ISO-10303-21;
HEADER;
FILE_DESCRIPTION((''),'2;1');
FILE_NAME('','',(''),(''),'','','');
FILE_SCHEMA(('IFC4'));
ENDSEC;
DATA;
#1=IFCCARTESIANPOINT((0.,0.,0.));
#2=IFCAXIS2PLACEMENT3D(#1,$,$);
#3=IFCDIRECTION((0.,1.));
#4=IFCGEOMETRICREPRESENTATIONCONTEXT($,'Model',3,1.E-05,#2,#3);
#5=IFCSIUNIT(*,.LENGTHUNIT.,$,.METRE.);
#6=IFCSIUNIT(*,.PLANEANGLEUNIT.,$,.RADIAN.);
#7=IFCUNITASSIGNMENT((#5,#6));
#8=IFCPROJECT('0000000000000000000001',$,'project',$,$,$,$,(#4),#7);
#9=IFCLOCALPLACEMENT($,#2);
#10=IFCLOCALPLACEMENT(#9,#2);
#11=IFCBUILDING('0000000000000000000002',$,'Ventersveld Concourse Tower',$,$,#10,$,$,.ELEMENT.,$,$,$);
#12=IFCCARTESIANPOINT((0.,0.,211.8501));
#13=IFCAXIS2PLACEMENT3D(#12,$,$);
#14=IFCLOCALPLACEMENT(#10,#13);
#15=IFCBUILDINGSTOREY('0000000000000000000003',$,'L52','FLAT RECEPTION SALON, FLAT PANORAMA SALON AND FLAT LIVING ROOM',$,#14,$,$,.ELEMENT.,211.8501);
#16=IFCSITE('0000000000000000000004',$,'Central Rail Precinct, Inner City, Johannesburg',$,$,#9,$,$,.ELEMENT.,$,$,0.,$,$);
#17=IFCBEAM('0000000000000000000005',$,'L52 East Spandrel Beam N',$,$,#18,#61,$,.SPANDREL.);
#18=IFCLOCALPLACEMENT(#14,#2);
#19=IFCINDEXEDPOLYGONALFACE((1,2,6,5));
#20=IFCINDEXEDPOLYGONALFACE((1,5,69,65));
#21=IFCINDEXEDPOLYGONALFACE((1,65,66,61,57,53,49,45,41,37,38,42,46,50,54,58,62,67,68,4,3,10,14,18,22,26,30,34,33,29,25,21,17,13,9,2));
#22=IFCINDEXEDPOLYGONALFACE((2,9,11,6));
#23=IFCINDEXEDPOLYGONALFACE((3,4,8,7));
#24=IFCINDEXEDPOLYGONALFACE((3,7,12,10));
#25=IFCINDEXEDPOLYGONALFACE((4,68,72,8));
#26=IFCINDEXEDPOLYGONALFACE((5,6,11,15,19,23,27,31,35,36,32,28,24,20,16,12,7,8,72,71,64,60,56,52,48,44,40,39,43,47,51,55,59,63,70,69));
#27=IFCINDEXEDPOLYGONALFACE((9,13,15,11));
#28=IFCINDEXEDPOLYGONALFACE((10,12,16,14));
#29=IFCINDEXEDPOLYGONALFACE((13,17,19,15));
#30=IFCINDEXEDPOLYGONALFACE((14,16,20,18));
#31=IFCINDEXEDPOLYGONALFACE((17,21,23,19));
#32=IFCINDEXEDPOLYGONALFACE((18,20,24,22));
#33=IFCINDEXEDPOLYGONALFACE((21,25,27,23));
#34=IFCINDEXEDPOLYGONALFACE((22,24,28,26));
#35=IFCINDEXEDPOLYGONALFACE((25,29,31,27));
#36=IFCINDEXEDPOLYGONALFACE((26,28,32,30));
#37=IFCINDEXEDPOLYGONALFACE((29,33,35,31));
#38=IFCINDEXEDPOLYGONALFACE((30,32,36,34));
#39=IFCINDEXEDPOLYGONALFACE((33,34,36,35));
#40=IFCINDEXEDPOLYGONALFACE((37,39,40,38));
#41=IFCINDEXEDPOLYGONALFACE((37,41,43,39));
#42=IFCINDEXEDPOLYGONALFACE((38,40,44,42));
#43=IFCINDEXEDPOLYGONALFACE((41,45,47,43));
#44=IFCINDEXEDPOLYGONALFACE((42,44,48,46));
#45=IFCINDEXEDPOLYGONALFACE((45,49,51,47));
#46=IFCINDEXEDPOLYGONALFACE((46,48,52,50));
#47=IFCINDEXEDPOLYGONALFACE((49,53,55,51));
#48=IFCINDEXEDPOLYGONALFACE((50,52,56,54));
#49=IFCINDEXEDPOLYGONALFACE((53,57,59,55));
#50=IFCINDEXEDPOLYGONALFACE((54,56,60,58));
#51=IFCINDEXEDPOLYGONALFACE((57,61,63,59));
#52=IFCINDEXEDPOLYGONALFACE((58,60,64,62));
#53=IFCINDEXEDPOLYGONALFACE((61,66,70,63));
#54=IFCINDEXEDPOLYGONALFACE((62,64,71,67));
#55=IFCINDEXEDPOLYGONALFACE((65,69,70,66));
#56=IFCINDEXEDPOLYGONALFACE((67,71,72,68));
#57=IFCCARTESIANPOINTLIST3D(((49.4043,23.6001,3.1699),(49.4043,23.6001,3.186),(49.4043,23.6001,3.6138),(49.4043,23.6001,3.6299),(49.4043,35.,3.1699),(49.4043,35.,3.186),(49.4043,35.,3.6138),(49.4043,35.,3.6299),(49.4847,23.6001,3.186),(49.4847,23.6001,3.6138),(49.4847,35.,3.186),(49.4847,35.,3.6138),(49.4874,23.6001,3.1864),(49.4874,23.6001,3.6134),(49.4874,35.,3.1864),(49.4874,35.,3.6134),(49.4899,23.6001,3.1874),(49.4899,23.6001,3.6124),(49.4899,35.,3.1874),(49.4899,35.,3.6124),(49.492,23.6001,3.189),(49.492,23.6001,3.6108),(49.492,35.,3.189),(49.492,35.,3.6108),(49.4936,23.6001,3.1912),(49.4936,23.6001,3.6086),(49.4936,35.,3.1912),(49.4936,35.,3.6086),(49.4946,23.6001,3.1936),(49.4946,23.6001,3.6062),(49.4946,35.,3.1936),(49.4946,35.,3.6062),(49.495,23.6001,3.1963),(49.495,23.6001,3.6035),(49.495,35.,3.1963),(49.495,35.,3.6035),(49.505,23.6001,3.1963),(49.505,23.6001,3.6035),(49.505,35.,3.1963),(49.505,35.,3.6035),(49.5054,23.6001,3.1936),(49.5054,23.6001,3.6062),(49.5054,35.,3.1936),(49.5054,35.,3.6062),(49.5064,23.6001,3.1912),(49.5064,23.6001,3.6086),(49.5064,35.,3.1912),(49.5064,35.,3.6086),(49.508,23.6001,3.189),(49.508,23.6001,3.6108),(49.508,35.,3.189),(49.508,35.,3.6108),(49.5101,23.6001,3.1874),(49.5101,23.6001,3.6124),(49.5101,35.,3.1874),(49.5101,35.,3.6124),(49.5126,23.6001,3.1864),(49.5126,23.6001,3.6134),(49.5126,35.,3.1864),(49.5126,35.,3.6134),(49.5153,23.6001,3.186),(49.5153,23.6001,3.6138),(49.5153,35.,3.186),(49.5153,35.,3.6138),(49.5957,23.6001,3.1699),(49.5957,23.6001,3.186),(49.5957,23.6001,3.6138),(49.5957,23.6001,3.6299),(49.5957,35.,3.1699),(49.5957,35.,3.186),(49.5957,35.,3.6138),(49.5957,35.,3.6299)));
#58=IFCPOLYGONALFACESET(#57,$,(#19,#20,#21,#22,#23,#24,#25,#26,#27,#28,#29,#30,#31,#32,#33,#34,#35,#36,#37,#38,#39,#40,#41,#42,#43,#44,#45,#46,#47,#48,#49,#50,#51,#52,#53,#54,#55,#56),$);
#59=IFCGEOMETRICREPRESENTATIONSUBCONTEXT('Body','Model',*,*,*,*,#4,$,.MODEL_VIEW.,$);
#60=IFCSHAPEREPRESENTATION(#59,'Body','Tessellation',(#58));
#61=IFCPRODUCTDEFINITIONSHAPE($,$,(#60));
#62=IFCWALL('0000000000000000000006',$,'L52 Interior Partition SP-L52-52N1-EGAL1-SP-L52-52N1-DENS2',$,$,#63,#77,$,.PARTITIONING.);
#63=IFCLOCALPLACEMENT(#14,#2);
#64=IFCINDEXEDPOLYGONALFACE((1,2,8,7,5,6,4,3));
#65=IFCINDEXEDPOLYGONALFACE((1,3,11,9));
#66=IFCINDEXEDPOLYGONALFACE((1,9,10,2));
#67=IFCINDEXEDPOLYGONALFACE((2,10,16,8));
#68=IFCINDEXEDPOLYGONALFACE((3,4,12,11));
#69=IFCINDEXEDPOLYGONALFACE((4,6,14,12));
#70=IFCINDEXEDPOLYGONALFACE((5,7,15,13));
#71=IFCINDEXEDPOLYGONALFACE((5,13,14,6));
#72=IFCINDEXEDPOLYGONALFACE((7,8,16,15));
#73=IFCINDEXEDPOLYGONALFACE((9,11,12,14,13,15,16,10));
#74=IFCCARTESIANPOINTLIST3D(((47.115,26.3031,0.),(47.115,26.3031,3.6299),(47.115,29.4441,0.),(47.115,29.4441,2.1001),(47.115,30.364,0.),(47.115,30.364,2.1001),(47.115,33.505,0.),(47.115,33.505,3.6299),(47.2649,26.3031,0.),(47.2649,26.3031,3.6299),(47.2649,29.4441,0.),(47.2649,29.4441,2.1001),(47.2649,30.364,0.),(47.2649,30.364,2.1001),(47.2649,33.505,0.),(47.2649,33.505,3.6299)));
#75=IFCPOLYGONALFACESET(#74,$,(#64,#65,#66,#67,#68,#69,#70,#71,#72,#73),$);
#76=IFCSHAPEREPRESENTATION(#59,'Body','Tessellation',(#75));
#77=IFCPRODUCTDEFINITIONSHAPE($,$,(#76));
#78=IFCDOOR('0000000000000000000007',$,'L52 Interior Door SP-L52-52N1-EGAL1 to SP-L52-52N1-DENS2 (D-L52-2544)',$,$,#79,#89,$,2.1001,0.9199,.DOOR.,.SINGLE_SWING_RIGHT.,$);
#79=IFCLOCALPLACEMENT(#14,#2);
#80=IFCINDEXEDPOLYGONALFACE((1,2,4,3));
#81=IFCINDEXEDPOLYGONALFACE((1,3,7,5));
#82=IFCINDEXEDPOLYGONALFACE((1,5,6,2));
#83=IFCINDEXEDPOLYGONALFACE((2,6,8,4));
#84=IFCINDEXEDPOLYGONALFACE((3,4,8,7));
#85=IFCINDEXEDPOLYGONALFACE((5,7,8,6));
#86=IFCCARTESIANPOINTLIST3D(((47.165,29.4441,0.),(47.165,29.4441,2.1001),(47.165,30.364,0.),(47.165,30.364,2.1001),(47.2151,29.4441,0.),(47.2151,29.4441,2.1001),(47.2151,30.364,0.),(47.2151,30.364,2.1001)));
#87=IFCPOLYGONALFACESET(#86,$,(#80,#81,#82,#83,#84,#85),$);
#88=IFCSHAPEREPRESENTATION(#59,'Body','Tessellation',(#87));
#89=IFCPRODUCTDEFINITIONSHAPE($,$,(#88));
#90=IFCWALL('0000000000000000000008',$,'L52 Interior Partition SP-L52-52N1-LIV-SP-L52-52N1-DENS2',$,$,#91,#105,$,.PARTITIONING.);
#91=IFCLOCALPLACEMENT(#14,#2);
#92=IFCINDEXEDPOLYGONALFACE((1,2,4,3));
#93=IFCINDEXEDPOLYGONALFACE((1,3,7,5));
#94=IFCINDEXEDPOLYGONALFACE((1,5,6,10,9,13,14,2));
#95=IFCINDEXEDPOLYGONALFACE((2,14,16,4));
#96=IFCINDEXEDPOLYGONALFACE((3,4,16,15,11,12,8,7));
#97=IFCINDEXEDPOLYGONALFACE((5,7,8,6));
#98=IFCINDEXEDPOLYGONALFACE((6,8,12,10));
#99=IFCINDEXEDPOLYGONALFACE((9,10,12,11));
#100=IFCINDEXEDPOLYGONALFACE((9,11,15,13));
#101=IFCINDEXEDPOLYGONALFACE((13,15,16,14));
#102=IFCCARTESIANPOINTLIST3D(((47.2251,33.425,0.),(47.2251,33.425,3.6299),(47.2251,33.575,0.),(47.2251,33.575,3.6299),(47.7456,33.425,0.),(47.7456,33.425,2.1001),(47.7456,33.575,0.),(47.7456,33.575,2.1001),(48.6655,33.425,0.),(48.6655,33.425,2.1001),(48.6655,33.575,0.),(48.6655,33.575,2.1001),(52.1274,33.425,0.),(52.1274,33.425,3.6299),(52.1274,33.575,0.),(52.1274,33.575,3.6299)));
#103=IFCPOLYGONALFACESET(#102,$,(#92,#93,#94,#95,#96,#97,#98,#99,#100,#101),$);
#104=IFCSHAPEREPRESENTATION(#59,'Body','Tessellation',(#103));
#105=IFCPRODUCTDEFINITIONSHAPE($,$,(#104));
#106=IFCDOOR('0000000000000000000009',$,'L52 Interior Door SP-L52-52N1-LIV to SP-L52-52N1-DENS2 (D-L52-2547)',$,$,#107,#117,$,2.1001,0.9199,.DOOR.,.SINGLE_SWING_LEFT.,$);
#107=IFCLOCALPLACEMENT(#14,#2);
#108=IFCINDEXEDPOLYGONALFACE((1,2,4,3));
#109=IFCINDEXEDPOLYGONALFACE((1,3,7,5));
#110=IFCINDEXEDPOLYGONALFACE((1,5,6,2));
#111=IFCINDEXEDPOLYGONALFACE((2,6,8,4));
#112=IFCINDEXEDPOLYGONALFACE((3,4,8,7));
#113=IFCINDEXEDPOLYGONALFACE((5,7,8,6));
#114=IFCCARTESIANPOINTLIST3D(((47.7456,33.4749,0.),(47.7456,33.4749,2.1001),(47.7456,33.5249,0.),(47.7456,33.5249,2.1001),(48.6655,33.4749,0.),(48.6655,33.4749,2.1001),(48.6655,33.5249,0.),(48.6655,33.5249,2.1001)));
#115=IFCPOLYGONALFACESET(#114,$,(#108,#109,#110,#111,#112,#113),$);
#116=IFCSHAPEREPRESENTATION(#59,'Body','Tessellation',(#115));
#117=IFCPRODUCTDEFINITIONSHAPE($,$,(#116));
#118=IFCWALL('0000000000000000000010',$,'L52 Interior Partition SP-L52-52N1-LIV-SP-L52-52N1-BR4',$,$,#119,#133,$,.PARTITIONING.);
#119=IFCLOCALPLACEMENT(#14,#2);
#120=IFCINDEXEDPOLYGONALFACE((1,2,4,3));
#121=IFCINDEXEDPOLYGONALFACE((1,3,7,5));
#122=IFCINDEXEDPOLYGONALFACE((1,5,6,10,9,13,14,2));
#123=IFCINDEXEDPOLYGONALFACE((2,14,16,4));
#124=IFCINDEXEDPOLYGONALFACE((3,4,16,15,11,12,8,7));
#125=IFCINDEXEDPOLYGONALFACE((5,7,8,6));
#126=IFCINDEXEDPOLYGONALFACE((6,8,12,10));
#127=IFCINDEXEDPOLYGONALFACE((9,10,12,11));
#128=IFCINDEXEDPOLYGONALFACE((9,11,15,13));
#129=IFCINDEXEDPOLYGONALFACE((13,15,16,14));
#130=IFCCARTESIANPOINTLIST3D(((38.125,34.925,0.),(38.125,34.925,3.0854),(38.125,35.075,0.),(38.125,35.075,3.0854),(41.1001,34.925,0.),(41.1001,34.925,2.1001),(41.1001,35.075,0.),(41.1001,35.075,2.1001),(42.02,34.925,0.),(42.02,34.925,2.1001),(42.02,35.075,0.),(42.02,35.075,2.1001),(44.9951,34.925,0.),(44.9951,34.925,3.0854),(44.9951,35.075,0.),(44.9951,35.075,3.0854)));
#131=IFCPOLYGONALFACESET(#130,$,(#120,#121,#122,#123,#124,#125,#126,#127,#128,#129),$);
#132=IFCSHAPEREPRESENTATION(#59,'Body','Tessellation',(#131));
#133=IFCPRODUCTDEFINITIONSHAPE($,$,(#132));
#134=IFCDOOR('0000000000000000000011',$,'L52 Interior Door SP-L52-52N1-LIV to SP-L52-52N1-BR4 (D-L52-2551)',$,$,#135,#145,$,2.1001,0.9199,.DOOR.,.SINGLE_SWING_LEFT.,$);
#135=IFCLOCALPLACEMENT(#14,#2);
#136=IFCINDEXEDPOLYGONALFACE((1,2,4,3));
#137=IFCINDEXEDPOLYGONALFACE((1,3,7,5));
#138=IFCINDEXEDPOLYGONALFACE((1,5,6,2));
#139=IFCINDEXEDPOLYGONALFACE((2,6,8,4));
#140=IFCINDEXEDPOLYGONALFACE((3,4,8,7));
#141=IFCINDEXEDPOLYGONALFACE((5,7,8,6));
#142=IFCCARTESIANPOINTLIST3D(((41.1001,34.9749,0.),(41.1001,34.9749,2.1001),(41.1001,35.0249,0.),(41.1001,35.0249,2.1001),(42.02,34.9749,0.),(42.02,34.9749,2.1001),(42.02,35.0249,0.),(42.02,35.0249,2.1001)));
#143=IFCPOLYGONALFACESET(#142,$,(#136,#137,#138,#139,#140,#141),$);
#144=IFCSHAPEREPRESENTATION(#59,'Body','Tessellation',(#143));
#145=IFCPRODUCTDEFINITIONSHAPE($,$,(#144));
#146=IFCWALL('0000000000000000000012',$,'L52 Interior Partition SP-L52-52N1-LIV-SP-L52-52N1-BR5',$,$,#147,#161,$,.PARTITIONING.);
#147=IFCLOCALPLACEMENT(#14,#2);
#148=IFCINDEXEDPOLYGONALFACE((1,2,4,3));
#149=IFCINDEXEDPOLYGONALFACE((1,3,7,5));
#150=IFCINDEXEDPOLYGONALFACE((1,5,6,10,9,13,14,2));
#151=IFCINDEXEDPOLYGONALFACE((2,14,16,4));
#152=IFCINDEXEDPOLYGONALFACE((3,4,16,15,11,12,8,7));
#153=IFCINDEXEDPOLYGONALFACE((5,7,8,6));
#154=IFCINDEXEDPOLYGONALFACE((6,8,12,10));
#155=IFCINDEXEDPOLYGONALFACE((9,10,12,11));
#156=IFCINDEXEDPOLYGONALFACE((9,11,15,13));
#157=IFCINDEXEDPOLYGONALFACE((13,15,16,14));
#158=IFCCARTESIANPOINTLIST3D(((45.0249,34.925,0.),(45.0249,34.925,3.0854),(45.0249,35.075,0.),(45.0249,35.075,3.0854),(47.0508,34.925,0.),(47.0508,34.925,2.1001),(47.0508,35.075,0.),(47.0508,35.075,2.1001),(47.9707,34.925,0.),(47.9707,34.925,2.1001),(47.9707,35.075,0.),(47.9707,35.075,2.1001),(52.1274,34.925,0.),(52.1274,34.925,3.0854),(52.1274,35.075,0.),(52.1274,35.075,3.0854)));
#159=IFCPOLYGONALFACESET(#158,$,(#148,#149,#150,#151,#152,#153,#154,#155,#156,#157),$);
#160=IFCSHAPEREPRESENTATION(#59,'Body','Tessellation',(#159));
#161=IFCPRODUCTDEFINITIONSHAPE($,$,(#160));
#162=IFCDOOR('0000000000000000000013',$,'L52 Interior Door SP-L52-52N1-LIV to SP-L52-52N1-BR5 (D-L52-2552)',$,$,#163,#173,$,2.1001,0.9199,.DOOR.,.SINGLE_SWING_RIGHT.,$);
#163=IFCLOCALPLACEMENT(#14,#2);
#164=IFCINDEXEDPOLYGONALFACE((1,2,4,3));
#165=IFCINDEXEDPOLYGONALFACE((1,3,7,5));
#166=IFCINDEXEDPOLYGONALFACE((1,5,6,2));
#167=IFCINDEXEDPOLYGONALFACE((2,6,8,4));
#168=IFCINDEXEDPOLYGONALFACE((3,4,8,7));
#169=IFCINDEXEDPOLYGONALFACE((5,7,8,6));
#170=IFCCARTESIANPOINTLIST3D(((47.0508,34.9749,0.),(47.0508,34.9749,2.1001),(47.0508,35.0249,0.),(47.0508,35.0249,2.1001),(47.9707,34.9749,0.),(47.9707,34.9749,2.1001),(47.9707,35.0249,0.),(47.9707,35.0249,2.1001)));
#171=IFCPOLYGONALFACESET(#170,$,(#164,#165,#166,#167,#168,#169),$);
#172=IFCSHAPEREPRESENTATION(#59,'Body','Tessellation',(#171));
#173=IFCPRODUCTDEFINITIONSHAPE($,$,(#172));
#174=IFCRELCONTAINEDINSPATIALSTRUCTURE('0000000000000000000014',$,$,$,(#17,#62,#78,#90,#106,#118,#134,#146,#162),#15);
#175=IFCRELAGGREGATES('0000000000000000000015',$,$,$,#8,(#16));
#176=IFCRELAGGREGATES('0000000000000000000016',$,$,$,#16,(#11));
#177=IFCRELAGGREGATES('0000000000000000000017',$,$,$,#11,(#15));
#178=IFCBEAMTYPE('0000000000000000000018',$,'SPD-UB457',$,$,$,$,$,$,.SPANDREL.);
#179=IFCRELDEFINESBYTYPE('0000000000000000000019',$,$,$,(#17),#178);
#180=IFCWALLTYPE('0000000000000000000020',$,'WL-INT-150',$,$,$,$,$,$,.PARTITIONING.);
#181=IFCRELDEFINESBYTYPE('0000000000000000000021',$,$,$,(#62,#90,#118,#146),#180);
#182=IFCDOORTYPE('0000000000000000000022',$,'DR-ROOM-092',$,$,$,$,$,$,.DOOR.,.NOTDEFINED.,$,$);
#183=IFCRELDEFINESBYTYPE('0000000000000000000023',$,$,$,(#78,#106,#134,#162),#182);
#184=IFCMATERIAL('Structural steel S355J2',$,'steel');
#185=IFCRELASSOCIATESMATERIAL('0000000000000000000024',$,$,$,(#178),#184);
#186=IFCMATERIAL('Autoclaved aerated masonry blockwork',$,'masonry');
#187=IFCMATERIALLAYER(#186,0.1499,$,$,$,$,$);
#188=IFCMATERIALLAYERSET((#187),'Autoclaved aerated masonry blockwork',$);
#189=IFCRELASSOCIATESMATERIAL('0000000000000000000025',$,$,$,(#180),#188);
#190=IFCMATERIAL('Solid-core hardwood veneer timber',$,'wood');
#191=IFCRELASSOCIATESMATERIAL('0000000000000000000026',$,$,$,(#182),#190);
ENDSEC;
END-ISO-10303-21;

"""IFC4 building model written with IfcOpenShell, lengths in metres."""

from ifc_helpers import new_model, si_unit, direction, frame, frame_2d, origin, origin_2d, place, context, subcontext, project, spatial, rectangle, i_section, extrude, material, layer, layer_set, material_profile, profile_set, type_object, element, fill, save


model = new_model("IFC4")

# Units and contexts
model_context = context("Model", 3, precision=1e-05, world=origin(), true_north=direction((0.0, 1.0)))
body_context = subcontext(model_context, "Body", "Model", "MODEL_VIEW")
ifc_project = project(units=[si_unit("LENGTHUNIT", "METRE"), si_unit("PLANEANGLEUNIT", "RADIAN")], contexts=[model_context])

# Site, building, storey
site_placement = place(None, origin())
site = spatial("IfcSite", under=ifc_project, at=site_placement, Name="Central Rail Precinct, Inner City, Johannesburg", CompositionType="ELEMENT", RefElevation=0.0)
building_placement = place(site_placement, origin())
building = spatial("IfcBuilding", under=site, at=building_placement, Name="Ventersveld Concourse Tower", CompositionType="ELEMENT")
storey_placement = place(building_placement, frame((0.0, 0.0, 211.8501)))
storey = spatial("IfcBuildingStorey", under=building, at=storey_placement, Name="L52", Description="FLAT RECEPTION SALON, FLAT PANORAMA SALON AND FLAT LIVING ROOM", CompositionType="ELEMENT", Elevation=211.8501)

# Beam
ifc_material_1 = material(Name="Structural steel S355J2", Category="steel")
ifc_material_profile_1 = material_profile(ifc_material_1, i_section(OverallWidth=0.1914, OverallDepth=0.46, WebThickness=0.01, FlangeThickness=0.0161, FilletRadius=0.0103, at=origin_2d()), Name="UB 457x191x82")
ifc_profile_set_1 = profile_set([ifc_material_profile_1], Name="Structural steel S355J2")
beam_type_1 = type_object("IfcBeamType", Name="SPD-UB457", PredefinedType="SPANDREL", material=ifc_profile_set_1)
beam_1_placement = place(storey_placement, frame((49.5, 23.6001, 3.3999), z_axis=(0.0, 1.0, 0.0), x_axis=(-1.0, 0.0, 0.0)))
element("IfcBeam", 1, at=beam_1_placement, inside=storey, type_object=beam_type_1, Name="L52 East Spandrel Beam N", PredefinedType="SPANDREL", context=body_context, shape_type="SweptSolid", body=[
    extrude(i_section(OverallWidth=0.1914, OverallDepth=0.46, WebThickness=0.01, FlangeThickness=0.0161, FilletRadius=0.0103, at=origin_2d()), origin(), (0.0, 0.0, 1.0), 11.3999),
])

# Walls, openings, doors
ifc_material_2 = material(Name="Autoclaved aerated masonry blockwork", Category="masonry")
ifc_layer_1 = layer(ifc_material_2, 0.1499)
ifc_layer_set_1 = layer_set([ifc_layer_1], Name="Autoclaved aerated masonry blockwork")
wall_type_1 = type_object("IfcWallType", Name="WL-INT-150", PredefinedType="PARTITIONING", material=ifc_layer_set_1)
wall_1_placement = place(storey_placement, frame((47.1899, 26.303, 0.0), z_axis=(0.0, 0.0, 1.0), x_axis=(0.0, 1.0, 0.0)))
wall_1 = element("IfcWall", 2, at=wall_1_placement, inside=storey, type_object=wall_type_1, Name="L52 Interior Partition SP-L52-52N1-EGAL1-SP-L52-52N1-DENS2", PredefinedType="PARTITIONING", context=body_context, shape_type="SweptSolid", body=[
    extrude(rectangle(XDim=7.2019, YDim=0.1499, at=frame_2d((3.6011, 0.0))), origin(), (0.0, 0.0, 1.0), 3.6299),
])
opening_1_placement = place(wall_1_placement, frame((3.1411, 0.0, 0.0)))
opening_1 = element("IfcOpeningElement", 3, at=opening_1_placement, cuts=wall_1, PredefinedType="OPENING", context=body_context, shape_type="SweptSolid", body=[
    extrude(rectangle(XDim=0.9199, YDim=2.1001, at=frame_2d((0.46, 1.05))), frame((0.0, 0.085, 0.0), z_axis=(0.0, -1.0, 0.0), x_axis=(1.0, 0.0, 0.0)), (0.0, 0.0, 1.0), 0.1699),
])
ifc_material_3 = material(Name="Solid-core hardwood veneer timber", Category="wood")
door_type = type_object("IfcDoorType", Name="DR-ROOM-092", OperationType="NOTDEFINED", PredefinedType="DOOR", material=ifc_material_3)
door_1_placement = place(opening_1_placement, origin())
door_1 = element("IfcDoor", 4, at=door_1_placement, inside=storey, type_object=door_type, Name="L52 Interior Door SP-L52-52N1-EGAL1 to SP-L52-52N1-DENS2 (D-L52-2544)", OperationType="SINGLE_SWING_RIGHT", OverallHeight=2.1001, OverallWidth=0.9199, PredefinedType="DOOR", context=body_context, shape_type="SweptSolid", body=[
    extrude(rectangle(XDim=0.9199, YDim=2.1001, at=frame_2d((0.46, 1.05))), frame((0.0, 0.0249, 0.0), z_axis=(0.0, -1.0, 0.0), x_axis=(1.0, 0.0, 0.0)), (0.0, 0.0, 1.0), 0.05),
])
fill(opening_1, door_1)
wall_2_placement = place(storey_placement, frame((47.2251, 33.5, 0.0), z_axis=(0.0, 0.0, 1.0), x_axis=(1.0, 0.0, 0.0)))
wall_2 = element("IfcWall", 5, at=wall_2_placement, inside=storey, type_object=wall_type_1, Name="L52 Interior Partition SP-L52-52N1-LIV-SP-L52-52N1-DENS2", PredefinedType="PARTITIONING", context=body_context, shape_type="SweptSolid", body=[
    extrude(rectangle(XDim=4.9023, YDim=0.1499, at=frame_2d((2.4512, 0.0))), origin(), (0.0, 0.0, 1.0), 3.6299),
])
opening_2_placement = place(wall_2_placement, frame((0.5205, 0.0, 0.0)))
opening_2 = element("IfcOpeningElement", 6, at=opening_2_placement, cuts=wall_2, PredefinedType="OPENING", context=body_context, shape_type="SweptSolid", body=[
    extrude(rectangle(XDim=0.9199, YDim=2.1001, at=frame_2d((0.46, 1.05))), frame((0.0, 0.085, 0.0), z_axis=(0.0, -1.0, 0.0), x_axis=(1.0, 0.0, 0.0)), (0.0, 0.0, 1.0), 0.1699),
])
door_2_placement = place(opening_2_placement, origin())
door_2 = element("IfcDoor", 7, at=door_2_placement, inside=storey, type_object=door_type, Name="L52 Interior Door SP-L52-52N1-LIV to SP-L52-52N1-DENS2 (D-L52-2547)", OperationType="SINGLE_SWING_LEFT", OverallHeight=2.1001, OverallWidth=0.9199, PredefinedType="DOOR", context=body_context, shape_type="SweptSolid", body=[
    extrude(rectangle(XDim=0.9199, YDim=2.1001, at=frame_2d((0.46, 1.05))), frame((0.0, 0.0249, 0.0), z_axis=(0.0, -1.0, 0.0), x_axis=(1.0, 0.0, 0.0)), (0.0, 0.0, 1.0), 0.05),
])
fill(opening_2, door_2)
wall_3_placement = place(storey_placement, frame((38.125, 35.0, 0.0), z_axis=(0.0, 0.0, 1.0), x_axis=(1.0, 0.0, 0.0)))
wall_3 = element("IfcWall", 8, at=wall_3_placement, inside=storey, type_object=wall_type_1, Name="L52 Interior Partition SP-L52-52N1-LIV-SP-L52-52N1-BR4", PredefinedType="PARTITIONING", context=body_context, shape_type="SweptSolid", body=[
    extrude(rectangle(XDim=6.8701, YDim=0.1499, at=frame_2d((3.4351, 0.0))), origin(), (0.0, 0.0, 1.0), 3.0854),
])
opening_3_placement = place(wall_3_placement, frame((2.9751, 0.0, 0.0)))
opening_3 = element("IfcOpeningElement", 9, at=opening_3_placement, cuts=wall_3, PredefinedType="OPENING", context=body_context, shape_type="SweptSolid", body=[
    extrude(rectangle(XDim=0.9199, YDim=2.1001, at=frame_2d((0.46, 1.05))), frame((0.0, 0.085, 0.0), z_axis=(0.0, -1.0, 0.0), x_axis=(1.0, 0.0, 0.0)), (0.0, 0.0, 1.0), 0.1699),
])
door_3_placement = place(opening_3_placement, origin())
door_3 = element("IfcDoor", 10, at=door_3_placement, inside=storey, type_object=door_type, Name="L52 Interior Door SP-L52-52N1-LIV to SP-L52-52N1-BR4 (D-L52-2551)", OperationType="SINGLE_SWING_LEFT", OverallHeight=2.1001, OverallWidth=0.9199, PredefinedType="DOOR", context=body_context, shape_type="SweptSolid", body=[
    extrude(rectangle(XDim=0.9199, YDim=2.1001, at=frame_2d((0.46, 1.05))), frame((0.0, 0.0249, 0.0), z_axis=(0.0, -1.0, 0.0), x_axis=(1.0, 0.0, 0.0)), (0.0, 0.0, 1.0), 0.05),
])
fill(opening_3, door_3)
wall_4_placement = place(storey_placement, frame((45.0249, 35.0, 0.0), z_axis=(0.0, 0.0, 1.0), x_axis=(1.0, 0.0, 0.0)))
wall_4 = element("IfcWall", 11, at=wall_4_placement, inside=storey, type_object=wall_type_1, Name="L52 Interior Partition SP-L52-52N1-LIV-SP-L52-52N1-BR5", PredefinedType="PARTITIONING", context=body_context, shape_type="SweptSolid", body=[
    extrude(rectangle(XDim=7.1025, YDim=0.1499, at=frame_2d((3.5513, 0.0))), origin(), (0.0, 0.0, 1.0), 3.0854),
])
opening_4_placement = place(wall_4_placement, frame((2.0259, 0.0, 0.0)))
opening_4 = element("IfcOpeningElement", 12, at=opening_4_placement, cuts=wall_4, PredefinedType="OPENING", context=body_context, shape_type="SweptSolid", body=[
    extrude(rectangle(XDim=0.9199, YDim=2.1001, at=frame_2d((0.46, 1.05))), frame((0.0, 0.085, 0.0), z_axis=(0.0, -1.0, 0.0), x_axis=(1.0, 0.0, 0.0)), (0.0, 0.0, 1.0), 0.1699),
])
door_4_placement = place(opening_4_placement, origin())
door_4 = element("IfcDoor", 13, at=door_4_placement, inside=storey, type_object=door_type, Name="L52 Interior Door SP-L52-52N1-LIV to SP-L52-52N1-BR5 (D-L52-2552)", OperationType="SINGLE_SWING_RIGHT", OverallHeight=2.1001, OverallWidth=0.9199, PredefinedType="DOOR", context=body_context, shape_type="SweptSolid", body=[
    extrude(rectangle(XDim=0.9199, YDim=2.1001, at=frame_2d((0.46, 1.05))), frame((0.0, 0.0249, 0.0), z_axis=(0.0, -1.0, 0.0), x_axis=(1.0, 0.0, 0.0)), (0.0, 0.0, 1.0), 0.05),
])
fill(opening_4, door_4)

save(model, "model.ifc")
